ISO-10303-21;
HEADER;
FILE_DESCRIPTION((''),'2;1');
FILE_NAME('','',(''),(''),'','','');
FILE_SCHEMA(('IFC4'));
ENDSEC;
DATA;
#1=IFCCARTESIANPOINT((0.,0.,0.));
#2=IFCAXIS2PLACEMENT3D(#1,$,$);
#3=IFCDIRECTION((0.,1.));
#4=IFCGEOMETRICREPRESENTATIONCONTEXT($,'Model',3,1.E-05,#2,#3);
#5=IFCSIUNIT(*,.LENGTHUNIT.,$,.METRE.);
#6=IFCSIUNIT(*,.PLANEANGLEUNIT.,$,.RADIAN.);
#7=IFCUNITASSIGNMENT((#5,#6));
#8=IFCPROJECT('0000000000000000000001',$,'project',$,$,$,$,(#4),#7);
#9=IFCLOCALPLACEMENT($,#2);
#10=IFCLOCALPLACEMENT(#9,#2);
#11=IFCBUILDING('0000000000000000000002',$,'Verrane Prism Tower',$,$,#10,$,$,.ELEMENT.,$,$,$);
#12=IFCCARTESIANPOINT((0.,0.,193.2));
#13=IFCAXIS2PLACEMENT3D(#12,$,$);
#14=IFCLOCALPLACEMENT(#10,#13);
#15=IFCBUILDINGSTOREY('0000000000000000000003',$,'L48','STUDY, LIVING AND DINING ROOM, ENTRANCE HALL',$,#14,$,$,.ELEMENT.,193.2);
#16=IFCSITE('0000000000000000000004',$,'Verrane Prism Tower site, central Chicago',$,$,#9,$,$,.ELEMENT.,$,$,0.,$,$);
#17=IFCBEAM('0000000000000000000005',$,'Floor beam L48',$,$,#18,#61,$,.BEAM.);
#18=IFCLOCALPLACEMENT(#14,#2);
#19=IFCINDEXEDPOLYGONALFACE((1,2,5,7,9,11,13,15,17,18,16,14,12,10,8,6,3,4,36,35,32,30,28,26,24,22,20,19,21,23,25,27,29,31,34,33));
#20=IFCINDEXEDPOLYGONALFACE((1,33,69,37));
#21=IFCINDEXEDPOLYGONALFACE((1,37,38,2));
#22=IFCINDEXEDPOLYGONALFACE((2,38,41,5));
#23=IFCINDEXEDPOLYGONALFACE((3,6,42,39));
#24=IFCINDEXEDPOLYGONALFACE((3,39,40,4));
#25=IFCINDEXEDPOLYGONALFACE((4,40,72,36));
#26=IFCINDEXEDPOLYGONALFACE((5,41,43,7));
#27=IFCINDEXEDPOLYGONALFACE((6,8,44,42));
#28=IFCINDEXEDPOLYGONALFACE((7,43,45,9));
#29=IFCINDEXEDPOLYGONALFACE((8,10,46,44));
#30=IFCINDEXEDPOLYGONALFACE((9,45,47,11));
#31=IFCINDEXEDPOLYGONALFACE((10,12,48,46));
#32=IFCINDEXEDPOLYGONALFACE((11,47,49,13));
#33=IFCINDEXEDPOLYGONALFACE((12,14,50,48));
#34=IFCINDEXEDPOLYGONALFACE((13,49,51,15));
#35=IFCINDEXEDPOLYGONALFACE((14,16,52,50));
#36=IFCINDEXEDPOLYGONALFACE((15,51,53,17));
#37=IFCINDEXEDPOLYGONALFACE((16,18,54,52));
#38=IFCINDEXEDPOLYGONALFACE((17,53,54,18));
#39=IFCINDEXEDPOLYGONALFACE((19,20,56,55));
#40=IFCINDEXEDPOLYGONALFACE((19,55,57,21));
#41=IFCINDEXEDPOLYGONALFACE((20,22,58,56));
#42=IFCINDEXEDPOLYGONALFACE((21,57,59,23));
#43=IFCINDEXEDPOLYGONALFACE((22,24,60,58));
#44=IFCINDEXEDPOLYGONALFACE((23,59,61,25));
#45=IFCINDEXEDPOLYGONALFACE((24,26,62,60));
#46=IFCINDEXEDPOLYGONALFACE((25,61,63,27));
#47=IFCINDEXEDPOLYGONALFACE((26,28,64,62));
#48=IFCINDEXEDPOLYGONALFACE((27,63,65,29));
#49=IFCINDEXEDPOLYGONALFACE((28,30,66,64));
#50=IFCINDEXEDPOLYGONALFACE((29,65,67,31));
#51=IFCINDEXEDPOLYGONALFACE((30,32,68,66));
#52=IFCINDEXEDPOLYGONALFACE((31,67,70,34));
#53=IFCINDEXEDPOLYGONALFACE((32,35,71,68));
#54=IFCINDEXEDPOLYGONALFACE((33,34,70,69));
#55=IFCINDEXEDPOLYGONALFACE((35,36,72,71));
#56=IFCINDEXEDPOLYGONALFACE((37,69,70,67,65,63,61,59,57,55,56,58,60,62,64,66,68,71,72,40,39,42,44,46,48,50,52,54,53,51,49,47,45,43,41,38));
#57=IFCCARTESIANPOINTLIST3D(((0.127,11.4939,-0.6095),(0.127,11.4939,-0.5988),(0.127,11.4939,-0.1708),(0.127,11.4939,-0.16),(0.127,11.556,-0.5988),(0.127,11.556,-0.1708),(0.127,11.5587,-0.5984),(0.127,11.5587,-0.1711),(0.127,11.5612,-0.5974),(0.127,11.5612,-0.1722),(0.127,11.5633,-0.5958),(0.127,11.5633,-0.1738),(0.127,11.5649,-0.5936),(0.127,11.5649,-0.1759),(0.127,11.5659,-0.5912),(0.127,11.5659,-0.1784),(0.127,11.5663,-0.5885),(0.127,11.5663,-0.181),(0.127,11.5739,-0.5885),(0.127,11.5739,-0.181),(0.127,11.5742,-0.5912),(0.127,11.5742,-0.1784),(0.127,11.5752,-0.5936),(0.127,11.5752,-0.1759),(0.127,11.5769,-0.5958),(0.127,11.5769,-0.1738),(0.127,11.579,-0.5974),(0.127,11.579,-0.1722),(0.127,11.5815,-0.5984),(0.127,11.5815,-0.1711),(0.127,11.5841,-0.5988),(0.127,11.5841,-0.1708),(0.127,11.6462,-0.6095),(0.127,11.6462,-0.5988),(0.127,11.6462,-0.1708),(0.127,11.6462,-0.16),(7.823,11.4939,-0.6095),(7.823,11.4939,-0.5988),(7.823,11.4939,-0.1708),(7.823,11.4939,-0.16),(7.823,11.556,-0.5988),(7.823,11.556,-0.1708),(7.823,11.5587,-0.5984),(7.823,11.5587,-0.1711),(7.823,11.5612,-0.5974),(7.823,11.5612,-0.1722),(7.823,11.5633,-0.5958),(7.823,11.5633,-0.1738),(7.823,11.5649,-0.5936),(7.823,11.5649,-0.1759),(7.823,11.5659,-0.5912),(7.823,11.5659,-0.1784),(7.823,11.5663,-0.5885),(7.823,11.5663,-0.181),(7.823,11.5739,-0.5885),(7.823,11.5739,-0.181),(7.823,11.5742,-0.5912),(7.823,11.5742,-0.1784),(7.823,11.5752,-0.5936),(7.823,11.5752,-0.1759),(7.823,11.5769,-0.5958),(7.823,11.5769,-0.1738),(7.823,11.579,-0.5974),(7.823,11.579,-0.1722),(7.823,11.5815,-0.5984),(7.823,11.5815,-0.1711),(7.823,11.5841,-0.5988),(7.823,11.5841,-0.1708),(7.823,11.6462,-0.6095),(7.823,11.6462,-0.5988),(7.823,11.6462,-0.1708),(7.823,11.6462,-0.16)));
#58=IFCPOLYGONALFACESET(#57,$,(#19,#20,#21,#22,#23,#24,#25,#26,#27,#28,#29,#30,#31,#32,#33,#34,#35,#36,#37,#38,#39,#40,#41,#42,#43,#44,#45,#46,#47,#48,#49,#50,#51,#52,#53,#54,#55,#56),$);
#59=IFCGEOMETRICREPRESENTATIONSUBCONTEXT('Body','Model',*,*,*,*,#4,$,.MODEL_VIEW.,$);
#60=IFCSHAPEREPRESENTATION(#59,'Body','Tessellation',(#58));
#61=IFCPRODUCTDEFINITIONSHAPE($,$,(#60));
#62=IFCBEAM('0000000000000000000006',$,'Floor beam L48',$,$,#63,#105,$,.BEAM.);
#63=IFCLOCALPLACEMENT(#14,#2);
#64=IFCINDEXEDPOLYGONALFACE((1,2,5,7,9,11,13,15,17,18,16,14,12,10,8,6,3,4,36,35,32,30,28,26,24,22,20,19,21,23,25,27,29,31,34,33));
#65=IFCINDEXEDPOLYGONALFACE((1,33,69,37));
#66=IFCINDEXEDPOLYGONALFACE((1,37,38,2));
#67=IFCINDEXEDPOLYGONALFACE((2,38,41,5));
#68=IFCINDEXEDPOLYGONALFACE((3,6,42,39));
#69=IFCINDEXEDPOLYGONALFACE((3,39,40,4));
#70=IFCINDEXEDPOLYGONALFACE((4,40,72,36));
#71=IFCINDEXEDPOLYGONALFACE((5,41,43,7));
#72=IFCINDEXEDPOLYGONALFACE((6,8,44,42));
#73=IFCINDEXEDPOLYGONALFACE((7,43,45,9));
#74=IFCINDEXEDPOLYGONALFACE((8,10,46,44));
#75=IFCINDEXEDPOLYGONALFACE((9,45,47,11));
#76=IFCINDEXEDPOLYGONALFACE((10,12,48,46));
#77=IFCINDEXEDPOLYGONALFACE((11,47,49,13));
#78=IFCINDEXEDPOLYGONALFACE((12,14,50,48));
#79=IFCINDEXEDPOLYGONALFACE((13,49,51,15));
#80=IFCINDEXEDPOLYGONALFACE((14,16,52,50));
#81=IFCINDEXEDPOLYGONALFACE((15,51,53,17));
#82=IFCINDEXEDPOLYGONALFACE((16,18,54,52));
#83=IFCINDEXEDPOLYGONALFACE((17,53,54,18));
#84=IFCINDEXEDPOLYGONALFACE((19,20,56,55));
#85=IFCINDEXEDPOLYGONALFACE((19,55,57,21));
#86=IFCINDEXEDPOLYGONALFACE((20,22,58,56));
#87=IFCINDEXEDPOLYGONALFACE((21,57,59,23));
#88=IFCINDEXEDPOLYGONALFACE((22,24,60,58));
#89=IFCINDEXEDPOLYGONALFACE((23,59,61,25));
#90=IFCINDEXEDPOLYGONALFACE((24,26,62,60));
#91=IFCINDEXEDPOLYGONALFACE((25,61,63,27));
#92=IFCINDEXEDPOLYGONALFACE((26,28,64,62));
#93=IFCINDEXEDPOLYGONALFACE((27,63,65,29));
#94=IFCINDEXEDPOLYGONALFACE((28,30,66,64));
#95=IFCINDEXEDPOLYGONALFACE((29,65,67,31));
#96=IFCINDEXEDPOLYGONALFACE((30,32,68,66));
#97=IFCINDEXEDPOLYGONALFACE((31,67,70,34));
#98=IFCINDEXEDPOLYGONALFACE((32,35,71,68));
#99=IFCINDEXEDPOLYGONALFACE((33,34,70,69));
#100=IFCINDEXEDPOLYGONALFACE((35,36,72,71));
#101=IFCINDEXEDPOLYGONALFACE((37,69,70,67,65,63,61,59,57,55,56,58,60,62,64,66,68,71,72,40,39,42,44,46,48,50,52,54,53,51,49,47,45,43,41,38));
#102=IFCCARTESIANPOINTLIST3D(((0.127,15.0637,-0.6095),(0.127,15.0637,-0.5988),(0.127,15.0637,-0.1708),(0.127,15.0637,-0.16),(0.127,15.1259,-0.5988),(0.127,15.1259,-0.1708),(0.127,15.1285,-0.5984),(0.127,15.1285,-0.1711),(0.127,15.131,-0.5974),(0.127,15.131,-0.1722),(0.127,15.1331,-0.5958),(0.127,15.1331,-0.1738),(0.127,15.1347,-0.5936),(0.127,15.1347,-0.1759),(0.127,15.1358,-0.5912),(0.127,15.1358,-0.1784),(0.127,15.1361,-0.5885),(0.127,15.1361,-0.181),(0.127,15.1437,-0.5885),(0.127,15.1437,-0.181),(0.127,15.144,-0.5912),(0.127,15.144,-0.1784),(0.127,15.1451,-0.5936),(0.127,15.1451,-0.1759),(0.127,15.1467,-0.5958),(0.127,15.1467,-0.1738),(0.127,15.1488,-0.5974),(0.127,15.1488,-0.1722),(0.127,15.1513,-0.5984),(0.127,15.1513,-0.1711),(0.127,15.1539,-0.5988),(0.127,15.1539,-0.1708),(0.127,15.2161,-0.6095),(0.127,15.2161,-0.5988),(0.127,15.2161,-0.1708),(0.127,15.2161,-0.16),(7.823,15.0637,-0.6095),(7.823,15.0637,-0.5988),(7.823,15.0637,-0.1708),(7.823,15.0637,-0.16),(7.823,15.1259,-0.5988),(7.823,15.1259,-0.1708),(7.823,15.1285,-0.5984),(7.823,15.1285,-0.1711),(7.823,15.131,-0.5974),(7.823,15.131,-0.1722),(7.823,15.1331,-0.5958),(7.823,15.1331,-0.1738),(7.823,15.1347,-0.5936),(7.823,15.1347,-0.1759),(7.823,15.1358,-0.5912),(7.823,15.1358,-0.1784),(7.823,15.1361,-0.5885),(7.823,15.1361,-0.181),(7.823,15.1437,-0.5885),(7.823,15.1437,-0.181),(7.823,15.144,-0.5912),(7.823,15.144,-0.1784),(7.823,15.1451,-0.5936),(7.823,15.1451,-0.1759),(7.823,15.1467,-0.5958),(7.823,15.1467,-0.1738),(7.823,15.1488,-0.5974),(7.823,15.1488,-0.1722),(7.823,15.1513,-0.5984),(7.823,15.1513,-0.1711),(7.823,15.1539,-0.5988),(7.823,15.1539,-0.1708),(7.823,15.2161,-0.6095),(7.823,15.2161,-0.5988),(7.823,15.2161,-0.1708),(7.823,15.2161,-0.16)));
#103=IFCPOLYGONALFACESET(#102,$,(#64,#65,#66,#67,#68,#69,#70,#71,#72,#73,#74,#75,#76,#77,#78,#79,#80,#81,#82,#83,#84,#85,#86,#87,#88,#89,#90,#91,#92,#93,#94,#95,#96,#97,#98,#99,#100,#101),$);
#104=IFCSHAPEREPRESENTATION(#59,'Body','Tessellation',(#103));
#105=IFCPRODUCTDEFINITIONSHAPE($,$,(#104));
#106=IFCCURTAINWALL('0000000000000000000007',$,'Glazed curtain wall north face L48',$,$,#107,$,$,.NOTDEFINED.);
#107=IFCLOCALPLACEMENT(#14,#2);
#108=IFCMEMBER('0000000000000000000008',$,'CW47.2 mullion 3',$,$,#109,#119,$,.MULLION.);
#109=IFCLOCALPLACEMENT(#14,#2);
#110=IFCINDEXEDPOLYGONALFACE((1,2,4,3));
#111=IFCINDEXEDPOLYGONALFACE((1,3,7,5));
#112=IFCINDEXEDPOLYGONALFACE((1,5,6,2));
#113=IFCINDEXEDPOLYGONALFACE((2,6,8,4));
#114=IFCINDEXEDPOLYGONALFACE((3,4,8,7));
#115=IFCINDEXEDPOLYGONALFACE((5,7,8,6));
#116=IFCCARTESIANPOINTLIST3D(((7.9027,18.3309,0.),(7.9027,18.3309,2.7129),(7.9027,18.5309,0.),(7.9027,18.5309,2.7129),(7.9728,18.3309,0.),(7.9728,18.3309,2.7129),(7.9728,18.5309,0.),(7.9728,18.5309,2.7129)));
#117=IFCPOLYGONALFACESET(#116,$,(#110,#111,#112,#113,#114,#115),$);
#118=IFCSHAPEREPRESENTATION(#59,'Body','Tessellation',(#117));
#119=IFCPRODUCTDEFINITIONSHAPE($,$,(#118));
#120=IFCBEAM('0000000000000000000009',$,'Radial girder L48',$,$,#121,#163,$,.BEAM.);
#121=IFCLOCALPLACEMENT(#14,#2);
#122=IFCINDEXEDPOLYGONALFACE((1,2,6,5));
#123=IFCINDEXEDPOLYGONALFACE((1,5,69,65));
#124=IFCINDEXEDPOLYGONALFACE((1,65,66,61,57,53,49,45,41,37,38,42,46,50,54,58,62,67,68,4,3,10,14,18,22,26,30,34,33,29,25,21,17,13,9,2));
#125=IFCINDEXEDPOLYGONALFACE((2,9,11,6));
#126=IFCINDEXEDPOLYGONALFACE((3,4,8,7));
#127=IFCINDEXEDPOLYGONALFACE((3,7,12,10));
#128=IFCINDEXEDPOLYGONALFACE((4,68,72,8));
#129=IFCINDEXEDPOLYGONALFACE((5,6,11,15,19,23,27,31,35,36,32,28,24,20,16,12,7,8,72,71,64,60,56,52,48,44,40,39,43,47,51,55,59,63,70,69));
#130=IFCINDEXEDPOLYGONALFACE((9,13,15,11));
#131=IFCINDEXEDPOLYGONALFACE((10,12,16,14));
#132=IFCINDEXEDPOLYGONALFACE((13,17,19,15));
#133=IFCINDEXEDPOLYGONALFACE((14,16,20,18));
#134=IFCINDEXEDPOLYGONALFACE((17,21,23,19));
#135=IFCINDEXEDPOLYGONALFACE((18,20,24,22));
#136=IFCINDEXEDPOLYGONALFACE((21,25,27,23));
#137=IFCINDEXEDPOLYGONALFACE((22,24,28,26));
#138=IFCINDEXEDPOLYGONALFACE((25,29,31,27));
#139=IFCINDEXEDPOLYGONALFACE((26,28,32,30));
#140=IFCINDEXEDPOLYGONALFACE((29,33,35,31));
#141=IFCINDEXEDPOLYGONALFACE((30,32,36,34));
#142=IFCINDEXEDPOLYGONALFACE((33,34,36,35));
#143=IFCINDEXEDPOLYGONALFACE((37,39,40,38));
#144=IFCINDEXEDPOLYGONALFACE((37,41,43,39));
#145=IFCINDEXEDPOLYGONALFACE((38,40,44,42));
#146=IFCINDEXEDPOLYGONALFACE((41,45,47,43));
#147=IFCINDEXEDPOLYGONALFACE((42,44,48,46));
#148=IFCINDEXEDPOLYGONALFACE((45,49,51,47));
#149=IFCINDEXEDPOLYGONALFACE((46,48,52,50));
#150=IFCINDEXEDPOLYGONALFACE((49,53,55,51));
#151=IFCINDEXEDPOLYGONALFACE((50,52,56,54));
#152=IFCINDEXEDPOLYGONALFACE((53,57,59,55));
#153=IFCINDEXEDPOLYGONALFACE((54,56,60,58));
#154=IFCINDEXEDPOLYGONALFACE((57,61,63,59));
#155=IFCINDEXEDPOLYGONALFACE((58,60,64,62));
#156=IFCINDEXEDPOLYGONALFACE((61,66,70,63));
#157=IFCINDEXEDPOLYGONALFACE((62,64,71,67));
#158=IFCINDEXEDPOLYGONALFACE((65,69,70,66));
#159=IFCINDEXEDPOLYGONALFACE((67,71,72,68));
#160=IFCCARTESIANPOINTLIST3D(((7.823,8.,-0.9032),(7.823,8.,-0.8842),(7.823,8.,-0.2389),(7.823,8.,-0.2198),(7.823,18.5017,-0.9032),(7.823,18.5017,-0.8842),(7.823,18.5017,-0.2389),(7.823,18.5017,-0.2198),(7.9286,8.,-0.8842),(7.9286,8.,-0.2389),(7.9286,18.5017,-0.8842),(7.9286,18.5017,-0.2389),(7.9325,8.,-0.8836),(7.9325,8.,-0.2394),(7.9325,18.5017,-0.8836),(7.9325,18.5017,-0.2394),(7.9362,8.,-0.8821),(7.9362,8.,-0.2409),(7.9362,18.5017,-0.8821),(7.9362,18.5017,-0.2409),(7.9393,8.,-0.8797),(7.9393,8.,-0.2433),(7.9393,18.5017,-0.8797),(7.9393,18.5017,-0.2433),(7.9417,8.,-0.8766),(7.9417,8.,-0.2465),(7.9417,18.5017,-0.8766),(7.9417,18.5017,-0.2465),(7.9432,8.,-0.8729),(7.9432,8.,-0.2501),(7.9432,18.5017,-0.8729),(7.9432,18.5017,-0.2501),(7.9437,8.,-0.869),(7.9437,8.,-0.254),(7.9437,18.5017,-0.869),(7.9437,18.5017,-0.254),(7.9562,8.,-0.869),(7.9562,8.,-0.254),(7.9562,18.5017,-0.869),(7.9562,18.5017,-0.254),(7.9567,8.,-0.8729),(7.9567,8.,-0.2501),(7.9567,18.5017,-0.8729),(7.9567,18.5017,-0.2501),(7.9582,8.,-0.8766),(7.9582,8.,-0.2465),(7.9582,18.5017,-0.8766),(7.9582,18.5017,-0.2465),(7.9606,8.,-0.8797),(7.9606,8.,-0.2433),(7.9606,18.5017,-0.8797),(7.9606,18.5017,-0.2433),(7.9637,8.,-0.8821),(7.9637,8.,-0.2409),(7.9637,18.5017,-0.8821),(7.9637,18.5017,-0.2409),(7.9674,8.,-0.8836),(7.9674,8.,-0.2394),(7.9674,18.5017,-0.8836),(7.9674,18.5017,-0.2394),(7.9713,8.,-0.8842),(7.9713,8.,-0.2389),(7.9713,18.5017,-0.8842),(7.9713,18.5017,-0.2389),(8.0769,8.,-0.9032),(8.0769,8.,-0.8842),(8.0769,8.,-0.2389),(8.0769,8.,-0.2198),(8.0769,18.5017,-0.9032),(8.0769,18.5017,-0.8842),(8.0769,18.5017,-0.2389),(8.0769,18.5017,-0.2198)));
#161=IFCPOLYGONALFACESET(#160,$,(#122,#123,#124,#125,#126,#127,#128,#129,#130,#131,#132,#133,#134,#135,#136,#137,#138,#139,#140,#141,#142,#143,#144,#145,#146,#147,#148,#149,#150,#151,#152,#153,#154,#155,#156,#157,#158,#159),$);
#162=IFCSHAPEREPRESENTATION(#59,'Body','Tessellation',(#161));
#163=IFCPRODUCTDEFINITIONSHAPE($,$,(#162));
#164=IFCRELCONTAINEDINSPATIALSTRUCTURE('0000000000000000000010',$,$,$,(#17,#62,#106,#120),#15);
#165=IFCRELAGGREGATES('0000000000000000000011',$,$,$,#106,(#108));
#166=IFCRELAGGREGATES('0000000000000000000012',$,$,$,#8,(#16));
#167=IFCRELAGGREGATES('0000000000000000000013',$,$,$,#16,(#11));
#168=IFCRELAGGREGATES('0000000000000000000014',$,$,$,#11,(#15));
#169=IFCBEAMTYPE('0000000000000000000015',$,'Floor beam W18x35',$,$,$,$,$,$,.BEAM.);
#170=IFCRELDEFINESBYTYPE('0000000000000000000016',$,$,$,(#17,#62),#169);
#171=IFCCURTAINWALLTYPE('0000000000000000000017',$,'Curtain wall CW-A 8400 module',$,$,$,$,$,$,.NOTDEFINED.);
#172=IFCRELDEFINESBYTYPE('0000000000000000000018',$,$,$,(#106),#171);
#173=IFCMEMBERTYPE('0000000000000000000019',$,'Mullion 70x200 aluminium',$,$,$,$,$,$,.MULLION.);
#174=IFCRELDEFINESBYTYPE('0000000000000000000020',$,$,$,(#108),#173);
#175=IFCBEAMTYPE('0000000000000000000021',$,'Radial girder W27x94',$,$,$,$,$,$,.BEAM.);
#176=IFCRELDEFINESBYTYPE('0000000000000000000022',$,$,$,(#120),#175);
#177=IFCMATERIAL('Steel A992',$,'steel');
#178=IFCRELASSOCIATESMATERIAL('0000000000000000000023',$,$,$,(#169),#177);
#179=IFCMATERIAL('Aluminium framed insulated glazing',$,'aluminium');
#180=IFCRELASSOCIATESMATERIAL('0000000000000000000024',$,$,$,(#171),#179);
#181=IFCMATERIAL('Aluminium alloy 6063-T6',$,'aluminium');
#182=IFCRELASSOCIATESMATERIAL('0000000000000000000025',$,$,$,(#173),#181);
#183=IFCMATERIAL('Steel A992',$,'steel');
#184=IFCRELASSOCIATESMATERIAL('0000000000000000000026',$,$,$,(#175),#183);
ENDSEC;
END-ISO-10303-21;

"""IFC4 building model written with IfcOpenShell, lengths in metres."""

from ifc_helpers import new_model, si_unit, direction, frame, origin, origin_2d, place, context, subcontext, project, spatial, rectangle, i_section, extrude, material, material_profile, profile_set, type_object, element, aggregate, save


model = new_model("IFC4")

# Units and contexts
model_context = context("Model", 3, precision=1e-05, world=origin(), true_north=direction((0.0, 1.0)))
body_context = subcontext(model_context, "Body", "Model", "MODEL_VIEW")
ifc_project = project(units=[si_unit("LENGTHUNIT", "METRE"), si_unit("PLANEANGLEUNIT", "RADIAN")], contexts=[model_context])

# Site, building, storey
site_placement = place(None, origin())
site = spatial("IfcSite", under=ifc_project, at=site_placement, Name="Verrane Prism Tower site, central Chicago", CompositionType="ELEMENT", RefElevation=0.0)
building_placement = place(site_placement, origin())
building = spatial("IfcBuilding", under=site, at=building_placement, Name="Verrane Prism Tower", CompositionType="ELEMENT")
storey_placement = place(building_placement, frame((0.0, 0.0, 193.2)))
storey = spatial("IfcBuildingStorey", under=building, at=storey_placement, Name="L48", Description="STUDY, LIVING AND DINING ROOM, ENTRANCE HALL", CompositionType="ELEMENT", Elevation=193.2)

# Beams
ifc_material_1 = material(Name="Steel A992", Category="steel")
ifc_material_profile_1 = material_profile(ifc_material_1, i_section(OverallWidth=0.1523, OverallDepth=0.4495, WebThickness=0.0076, FlangeThickness=0.0107, FilletRadius=0.0103, at=origin_2d()), Name="W18x35")
ifc_profile_set_1 = profile_set([ifc_material_profile_1], Name="Steel A992")
beam_type_1 = type_object("IfcBeamType", Name="Floor beam W18x35", PredefinedType="BEAM", material=ifc_profile_set_1)
for number, where, z_axis, x_axis, name in (
    (1, (0.127, 11.5701, -0.3848), (1.0, 0.0, 0.0), (0.0, 1.0, 0.0), "Floor beam L48"),
    (2, (0.127, 15.1399, -0.3848), (1.0, 0.0, 0.0), (0.0, 1.0, 0.0), "Floor beam L48"),
):
    element("IfcBeam", number, at=place(storey_placement, frame(where, z_axis=z_axis, x_axis=x_axis)), inside=storey, type_object=beam_type_1, Name=name, PredefinedType="BEAM", context=body_context, shape_type="SweptSolid", body=[
        extrude(i_section(OverallWidth=0.1523, OverallDepth=0.4495, WebThickness=0.0076, FlangeThickness=0.0107, FilletRadius=0.0103, at=origin_2d()), origin(), (0.0, 0.0, 1.0), 7.696),
    ])

# Curtain wall, member
ifc_material_2 = material(Name="Aluminium framed insulated glazing", Category="aluminium")
curtain_wall_type = type_object("IfcCurtainWallType", Name="Curtain wall CW-A 8400 module", PredefinedType="NOTDEFINED", material=ifc_material_2)
curtain_wall_placement = place(storey_placement, origin())
curtain_wall = element("IfcCurtainWall", 3, at=curtain_wall_placement, inside=storey, type_object=curtain_wall_type, Name="Glazed curtain wall north face L48", PredefinedType="NOTDEFINED")
ifc_material_3 = material(Name="Aluminium alloy 6063-T6", Category="aluminium")
ifc_material_profile_2 = material_profile(ifc_material_3, rectangle(XDim=0.2, YDim=0.0701, at=origin_2d()), Name="Mullion 70x200 aluminium")
ifc_profile_set_2 = profile_set([ifc_material_profile_2], Name="Aluminium alloy 6063-T6")
member_type_1 = type_object("IfcMemberType", Name="Mullion 70x200 aluminium", PredefinedType="MULLION", material=ifc_profile_set_2)
member_1_placement = place(storey_placement, frame((7.9377, 18.4309, 0.0), z_axis=(0.0, 0.0, 1.0), x_axis=(0.0, -1.0, 0.0)))
member_1 = element("IfcMember", 4, at=member_1_placement, type_object=member_type_1, Name="CW47.2 mullion 3", PredefinedType="MULLION", context=body_context, shape_type="SweptSolid", body=[
    extrude(rectangle(XDim=0.2, YDim=0.0701, at=origin_2d()), origin(), (0.0, 0.0, 1.0), 2.7129),
])

# Beam
ifc_material_4 = material(Name="Steel A992", Category="steel")
ifc_material_profile_3 = material_profile(ifc_material_4, i_section(OverallWidth=0.2539, OverallDepth=0.6833, WebThickness=0.0125, FlangeThickness=0.019, FilletRadius=0.0151, at=origin_2d()), Name="W27x94")
ifc_profile_set_3 = profile_set([ifc_material_profile_3], Name="Steel A992")
beam_type_2 = type_object("IfcBeamType", Name="Radial girder W27x94", PredefinedType="BEAM", material=ifc_profile_set_3)
beam_1_placement = place(storey_placement, frame((7.95, 18.5017, -0.5615), z_axis=(0.0, -1.0, 0.0), x_axis=(1.0, 0.0, 0.0)))
element("IfcBeam", 5, at=beam_1_placement, inside=storey, type_object=beam_type_2, Name="Radial girder L48", PredefinedType="BEAM", context=body_context, shape_type="SweptSolid", body=[
    extrude(i_section(OverallWidth=0.2539, OverallDepth=0.6833, WebThickness=0.0125, FlangeThickness=0.019, FilletRadius=0.0151, at=origin_2d()), origin(), (0.0, 0.0, 1.0), 10.5017),
])

aggregate(curtain_wall, [member_1])

save(model, "model.ifc")
